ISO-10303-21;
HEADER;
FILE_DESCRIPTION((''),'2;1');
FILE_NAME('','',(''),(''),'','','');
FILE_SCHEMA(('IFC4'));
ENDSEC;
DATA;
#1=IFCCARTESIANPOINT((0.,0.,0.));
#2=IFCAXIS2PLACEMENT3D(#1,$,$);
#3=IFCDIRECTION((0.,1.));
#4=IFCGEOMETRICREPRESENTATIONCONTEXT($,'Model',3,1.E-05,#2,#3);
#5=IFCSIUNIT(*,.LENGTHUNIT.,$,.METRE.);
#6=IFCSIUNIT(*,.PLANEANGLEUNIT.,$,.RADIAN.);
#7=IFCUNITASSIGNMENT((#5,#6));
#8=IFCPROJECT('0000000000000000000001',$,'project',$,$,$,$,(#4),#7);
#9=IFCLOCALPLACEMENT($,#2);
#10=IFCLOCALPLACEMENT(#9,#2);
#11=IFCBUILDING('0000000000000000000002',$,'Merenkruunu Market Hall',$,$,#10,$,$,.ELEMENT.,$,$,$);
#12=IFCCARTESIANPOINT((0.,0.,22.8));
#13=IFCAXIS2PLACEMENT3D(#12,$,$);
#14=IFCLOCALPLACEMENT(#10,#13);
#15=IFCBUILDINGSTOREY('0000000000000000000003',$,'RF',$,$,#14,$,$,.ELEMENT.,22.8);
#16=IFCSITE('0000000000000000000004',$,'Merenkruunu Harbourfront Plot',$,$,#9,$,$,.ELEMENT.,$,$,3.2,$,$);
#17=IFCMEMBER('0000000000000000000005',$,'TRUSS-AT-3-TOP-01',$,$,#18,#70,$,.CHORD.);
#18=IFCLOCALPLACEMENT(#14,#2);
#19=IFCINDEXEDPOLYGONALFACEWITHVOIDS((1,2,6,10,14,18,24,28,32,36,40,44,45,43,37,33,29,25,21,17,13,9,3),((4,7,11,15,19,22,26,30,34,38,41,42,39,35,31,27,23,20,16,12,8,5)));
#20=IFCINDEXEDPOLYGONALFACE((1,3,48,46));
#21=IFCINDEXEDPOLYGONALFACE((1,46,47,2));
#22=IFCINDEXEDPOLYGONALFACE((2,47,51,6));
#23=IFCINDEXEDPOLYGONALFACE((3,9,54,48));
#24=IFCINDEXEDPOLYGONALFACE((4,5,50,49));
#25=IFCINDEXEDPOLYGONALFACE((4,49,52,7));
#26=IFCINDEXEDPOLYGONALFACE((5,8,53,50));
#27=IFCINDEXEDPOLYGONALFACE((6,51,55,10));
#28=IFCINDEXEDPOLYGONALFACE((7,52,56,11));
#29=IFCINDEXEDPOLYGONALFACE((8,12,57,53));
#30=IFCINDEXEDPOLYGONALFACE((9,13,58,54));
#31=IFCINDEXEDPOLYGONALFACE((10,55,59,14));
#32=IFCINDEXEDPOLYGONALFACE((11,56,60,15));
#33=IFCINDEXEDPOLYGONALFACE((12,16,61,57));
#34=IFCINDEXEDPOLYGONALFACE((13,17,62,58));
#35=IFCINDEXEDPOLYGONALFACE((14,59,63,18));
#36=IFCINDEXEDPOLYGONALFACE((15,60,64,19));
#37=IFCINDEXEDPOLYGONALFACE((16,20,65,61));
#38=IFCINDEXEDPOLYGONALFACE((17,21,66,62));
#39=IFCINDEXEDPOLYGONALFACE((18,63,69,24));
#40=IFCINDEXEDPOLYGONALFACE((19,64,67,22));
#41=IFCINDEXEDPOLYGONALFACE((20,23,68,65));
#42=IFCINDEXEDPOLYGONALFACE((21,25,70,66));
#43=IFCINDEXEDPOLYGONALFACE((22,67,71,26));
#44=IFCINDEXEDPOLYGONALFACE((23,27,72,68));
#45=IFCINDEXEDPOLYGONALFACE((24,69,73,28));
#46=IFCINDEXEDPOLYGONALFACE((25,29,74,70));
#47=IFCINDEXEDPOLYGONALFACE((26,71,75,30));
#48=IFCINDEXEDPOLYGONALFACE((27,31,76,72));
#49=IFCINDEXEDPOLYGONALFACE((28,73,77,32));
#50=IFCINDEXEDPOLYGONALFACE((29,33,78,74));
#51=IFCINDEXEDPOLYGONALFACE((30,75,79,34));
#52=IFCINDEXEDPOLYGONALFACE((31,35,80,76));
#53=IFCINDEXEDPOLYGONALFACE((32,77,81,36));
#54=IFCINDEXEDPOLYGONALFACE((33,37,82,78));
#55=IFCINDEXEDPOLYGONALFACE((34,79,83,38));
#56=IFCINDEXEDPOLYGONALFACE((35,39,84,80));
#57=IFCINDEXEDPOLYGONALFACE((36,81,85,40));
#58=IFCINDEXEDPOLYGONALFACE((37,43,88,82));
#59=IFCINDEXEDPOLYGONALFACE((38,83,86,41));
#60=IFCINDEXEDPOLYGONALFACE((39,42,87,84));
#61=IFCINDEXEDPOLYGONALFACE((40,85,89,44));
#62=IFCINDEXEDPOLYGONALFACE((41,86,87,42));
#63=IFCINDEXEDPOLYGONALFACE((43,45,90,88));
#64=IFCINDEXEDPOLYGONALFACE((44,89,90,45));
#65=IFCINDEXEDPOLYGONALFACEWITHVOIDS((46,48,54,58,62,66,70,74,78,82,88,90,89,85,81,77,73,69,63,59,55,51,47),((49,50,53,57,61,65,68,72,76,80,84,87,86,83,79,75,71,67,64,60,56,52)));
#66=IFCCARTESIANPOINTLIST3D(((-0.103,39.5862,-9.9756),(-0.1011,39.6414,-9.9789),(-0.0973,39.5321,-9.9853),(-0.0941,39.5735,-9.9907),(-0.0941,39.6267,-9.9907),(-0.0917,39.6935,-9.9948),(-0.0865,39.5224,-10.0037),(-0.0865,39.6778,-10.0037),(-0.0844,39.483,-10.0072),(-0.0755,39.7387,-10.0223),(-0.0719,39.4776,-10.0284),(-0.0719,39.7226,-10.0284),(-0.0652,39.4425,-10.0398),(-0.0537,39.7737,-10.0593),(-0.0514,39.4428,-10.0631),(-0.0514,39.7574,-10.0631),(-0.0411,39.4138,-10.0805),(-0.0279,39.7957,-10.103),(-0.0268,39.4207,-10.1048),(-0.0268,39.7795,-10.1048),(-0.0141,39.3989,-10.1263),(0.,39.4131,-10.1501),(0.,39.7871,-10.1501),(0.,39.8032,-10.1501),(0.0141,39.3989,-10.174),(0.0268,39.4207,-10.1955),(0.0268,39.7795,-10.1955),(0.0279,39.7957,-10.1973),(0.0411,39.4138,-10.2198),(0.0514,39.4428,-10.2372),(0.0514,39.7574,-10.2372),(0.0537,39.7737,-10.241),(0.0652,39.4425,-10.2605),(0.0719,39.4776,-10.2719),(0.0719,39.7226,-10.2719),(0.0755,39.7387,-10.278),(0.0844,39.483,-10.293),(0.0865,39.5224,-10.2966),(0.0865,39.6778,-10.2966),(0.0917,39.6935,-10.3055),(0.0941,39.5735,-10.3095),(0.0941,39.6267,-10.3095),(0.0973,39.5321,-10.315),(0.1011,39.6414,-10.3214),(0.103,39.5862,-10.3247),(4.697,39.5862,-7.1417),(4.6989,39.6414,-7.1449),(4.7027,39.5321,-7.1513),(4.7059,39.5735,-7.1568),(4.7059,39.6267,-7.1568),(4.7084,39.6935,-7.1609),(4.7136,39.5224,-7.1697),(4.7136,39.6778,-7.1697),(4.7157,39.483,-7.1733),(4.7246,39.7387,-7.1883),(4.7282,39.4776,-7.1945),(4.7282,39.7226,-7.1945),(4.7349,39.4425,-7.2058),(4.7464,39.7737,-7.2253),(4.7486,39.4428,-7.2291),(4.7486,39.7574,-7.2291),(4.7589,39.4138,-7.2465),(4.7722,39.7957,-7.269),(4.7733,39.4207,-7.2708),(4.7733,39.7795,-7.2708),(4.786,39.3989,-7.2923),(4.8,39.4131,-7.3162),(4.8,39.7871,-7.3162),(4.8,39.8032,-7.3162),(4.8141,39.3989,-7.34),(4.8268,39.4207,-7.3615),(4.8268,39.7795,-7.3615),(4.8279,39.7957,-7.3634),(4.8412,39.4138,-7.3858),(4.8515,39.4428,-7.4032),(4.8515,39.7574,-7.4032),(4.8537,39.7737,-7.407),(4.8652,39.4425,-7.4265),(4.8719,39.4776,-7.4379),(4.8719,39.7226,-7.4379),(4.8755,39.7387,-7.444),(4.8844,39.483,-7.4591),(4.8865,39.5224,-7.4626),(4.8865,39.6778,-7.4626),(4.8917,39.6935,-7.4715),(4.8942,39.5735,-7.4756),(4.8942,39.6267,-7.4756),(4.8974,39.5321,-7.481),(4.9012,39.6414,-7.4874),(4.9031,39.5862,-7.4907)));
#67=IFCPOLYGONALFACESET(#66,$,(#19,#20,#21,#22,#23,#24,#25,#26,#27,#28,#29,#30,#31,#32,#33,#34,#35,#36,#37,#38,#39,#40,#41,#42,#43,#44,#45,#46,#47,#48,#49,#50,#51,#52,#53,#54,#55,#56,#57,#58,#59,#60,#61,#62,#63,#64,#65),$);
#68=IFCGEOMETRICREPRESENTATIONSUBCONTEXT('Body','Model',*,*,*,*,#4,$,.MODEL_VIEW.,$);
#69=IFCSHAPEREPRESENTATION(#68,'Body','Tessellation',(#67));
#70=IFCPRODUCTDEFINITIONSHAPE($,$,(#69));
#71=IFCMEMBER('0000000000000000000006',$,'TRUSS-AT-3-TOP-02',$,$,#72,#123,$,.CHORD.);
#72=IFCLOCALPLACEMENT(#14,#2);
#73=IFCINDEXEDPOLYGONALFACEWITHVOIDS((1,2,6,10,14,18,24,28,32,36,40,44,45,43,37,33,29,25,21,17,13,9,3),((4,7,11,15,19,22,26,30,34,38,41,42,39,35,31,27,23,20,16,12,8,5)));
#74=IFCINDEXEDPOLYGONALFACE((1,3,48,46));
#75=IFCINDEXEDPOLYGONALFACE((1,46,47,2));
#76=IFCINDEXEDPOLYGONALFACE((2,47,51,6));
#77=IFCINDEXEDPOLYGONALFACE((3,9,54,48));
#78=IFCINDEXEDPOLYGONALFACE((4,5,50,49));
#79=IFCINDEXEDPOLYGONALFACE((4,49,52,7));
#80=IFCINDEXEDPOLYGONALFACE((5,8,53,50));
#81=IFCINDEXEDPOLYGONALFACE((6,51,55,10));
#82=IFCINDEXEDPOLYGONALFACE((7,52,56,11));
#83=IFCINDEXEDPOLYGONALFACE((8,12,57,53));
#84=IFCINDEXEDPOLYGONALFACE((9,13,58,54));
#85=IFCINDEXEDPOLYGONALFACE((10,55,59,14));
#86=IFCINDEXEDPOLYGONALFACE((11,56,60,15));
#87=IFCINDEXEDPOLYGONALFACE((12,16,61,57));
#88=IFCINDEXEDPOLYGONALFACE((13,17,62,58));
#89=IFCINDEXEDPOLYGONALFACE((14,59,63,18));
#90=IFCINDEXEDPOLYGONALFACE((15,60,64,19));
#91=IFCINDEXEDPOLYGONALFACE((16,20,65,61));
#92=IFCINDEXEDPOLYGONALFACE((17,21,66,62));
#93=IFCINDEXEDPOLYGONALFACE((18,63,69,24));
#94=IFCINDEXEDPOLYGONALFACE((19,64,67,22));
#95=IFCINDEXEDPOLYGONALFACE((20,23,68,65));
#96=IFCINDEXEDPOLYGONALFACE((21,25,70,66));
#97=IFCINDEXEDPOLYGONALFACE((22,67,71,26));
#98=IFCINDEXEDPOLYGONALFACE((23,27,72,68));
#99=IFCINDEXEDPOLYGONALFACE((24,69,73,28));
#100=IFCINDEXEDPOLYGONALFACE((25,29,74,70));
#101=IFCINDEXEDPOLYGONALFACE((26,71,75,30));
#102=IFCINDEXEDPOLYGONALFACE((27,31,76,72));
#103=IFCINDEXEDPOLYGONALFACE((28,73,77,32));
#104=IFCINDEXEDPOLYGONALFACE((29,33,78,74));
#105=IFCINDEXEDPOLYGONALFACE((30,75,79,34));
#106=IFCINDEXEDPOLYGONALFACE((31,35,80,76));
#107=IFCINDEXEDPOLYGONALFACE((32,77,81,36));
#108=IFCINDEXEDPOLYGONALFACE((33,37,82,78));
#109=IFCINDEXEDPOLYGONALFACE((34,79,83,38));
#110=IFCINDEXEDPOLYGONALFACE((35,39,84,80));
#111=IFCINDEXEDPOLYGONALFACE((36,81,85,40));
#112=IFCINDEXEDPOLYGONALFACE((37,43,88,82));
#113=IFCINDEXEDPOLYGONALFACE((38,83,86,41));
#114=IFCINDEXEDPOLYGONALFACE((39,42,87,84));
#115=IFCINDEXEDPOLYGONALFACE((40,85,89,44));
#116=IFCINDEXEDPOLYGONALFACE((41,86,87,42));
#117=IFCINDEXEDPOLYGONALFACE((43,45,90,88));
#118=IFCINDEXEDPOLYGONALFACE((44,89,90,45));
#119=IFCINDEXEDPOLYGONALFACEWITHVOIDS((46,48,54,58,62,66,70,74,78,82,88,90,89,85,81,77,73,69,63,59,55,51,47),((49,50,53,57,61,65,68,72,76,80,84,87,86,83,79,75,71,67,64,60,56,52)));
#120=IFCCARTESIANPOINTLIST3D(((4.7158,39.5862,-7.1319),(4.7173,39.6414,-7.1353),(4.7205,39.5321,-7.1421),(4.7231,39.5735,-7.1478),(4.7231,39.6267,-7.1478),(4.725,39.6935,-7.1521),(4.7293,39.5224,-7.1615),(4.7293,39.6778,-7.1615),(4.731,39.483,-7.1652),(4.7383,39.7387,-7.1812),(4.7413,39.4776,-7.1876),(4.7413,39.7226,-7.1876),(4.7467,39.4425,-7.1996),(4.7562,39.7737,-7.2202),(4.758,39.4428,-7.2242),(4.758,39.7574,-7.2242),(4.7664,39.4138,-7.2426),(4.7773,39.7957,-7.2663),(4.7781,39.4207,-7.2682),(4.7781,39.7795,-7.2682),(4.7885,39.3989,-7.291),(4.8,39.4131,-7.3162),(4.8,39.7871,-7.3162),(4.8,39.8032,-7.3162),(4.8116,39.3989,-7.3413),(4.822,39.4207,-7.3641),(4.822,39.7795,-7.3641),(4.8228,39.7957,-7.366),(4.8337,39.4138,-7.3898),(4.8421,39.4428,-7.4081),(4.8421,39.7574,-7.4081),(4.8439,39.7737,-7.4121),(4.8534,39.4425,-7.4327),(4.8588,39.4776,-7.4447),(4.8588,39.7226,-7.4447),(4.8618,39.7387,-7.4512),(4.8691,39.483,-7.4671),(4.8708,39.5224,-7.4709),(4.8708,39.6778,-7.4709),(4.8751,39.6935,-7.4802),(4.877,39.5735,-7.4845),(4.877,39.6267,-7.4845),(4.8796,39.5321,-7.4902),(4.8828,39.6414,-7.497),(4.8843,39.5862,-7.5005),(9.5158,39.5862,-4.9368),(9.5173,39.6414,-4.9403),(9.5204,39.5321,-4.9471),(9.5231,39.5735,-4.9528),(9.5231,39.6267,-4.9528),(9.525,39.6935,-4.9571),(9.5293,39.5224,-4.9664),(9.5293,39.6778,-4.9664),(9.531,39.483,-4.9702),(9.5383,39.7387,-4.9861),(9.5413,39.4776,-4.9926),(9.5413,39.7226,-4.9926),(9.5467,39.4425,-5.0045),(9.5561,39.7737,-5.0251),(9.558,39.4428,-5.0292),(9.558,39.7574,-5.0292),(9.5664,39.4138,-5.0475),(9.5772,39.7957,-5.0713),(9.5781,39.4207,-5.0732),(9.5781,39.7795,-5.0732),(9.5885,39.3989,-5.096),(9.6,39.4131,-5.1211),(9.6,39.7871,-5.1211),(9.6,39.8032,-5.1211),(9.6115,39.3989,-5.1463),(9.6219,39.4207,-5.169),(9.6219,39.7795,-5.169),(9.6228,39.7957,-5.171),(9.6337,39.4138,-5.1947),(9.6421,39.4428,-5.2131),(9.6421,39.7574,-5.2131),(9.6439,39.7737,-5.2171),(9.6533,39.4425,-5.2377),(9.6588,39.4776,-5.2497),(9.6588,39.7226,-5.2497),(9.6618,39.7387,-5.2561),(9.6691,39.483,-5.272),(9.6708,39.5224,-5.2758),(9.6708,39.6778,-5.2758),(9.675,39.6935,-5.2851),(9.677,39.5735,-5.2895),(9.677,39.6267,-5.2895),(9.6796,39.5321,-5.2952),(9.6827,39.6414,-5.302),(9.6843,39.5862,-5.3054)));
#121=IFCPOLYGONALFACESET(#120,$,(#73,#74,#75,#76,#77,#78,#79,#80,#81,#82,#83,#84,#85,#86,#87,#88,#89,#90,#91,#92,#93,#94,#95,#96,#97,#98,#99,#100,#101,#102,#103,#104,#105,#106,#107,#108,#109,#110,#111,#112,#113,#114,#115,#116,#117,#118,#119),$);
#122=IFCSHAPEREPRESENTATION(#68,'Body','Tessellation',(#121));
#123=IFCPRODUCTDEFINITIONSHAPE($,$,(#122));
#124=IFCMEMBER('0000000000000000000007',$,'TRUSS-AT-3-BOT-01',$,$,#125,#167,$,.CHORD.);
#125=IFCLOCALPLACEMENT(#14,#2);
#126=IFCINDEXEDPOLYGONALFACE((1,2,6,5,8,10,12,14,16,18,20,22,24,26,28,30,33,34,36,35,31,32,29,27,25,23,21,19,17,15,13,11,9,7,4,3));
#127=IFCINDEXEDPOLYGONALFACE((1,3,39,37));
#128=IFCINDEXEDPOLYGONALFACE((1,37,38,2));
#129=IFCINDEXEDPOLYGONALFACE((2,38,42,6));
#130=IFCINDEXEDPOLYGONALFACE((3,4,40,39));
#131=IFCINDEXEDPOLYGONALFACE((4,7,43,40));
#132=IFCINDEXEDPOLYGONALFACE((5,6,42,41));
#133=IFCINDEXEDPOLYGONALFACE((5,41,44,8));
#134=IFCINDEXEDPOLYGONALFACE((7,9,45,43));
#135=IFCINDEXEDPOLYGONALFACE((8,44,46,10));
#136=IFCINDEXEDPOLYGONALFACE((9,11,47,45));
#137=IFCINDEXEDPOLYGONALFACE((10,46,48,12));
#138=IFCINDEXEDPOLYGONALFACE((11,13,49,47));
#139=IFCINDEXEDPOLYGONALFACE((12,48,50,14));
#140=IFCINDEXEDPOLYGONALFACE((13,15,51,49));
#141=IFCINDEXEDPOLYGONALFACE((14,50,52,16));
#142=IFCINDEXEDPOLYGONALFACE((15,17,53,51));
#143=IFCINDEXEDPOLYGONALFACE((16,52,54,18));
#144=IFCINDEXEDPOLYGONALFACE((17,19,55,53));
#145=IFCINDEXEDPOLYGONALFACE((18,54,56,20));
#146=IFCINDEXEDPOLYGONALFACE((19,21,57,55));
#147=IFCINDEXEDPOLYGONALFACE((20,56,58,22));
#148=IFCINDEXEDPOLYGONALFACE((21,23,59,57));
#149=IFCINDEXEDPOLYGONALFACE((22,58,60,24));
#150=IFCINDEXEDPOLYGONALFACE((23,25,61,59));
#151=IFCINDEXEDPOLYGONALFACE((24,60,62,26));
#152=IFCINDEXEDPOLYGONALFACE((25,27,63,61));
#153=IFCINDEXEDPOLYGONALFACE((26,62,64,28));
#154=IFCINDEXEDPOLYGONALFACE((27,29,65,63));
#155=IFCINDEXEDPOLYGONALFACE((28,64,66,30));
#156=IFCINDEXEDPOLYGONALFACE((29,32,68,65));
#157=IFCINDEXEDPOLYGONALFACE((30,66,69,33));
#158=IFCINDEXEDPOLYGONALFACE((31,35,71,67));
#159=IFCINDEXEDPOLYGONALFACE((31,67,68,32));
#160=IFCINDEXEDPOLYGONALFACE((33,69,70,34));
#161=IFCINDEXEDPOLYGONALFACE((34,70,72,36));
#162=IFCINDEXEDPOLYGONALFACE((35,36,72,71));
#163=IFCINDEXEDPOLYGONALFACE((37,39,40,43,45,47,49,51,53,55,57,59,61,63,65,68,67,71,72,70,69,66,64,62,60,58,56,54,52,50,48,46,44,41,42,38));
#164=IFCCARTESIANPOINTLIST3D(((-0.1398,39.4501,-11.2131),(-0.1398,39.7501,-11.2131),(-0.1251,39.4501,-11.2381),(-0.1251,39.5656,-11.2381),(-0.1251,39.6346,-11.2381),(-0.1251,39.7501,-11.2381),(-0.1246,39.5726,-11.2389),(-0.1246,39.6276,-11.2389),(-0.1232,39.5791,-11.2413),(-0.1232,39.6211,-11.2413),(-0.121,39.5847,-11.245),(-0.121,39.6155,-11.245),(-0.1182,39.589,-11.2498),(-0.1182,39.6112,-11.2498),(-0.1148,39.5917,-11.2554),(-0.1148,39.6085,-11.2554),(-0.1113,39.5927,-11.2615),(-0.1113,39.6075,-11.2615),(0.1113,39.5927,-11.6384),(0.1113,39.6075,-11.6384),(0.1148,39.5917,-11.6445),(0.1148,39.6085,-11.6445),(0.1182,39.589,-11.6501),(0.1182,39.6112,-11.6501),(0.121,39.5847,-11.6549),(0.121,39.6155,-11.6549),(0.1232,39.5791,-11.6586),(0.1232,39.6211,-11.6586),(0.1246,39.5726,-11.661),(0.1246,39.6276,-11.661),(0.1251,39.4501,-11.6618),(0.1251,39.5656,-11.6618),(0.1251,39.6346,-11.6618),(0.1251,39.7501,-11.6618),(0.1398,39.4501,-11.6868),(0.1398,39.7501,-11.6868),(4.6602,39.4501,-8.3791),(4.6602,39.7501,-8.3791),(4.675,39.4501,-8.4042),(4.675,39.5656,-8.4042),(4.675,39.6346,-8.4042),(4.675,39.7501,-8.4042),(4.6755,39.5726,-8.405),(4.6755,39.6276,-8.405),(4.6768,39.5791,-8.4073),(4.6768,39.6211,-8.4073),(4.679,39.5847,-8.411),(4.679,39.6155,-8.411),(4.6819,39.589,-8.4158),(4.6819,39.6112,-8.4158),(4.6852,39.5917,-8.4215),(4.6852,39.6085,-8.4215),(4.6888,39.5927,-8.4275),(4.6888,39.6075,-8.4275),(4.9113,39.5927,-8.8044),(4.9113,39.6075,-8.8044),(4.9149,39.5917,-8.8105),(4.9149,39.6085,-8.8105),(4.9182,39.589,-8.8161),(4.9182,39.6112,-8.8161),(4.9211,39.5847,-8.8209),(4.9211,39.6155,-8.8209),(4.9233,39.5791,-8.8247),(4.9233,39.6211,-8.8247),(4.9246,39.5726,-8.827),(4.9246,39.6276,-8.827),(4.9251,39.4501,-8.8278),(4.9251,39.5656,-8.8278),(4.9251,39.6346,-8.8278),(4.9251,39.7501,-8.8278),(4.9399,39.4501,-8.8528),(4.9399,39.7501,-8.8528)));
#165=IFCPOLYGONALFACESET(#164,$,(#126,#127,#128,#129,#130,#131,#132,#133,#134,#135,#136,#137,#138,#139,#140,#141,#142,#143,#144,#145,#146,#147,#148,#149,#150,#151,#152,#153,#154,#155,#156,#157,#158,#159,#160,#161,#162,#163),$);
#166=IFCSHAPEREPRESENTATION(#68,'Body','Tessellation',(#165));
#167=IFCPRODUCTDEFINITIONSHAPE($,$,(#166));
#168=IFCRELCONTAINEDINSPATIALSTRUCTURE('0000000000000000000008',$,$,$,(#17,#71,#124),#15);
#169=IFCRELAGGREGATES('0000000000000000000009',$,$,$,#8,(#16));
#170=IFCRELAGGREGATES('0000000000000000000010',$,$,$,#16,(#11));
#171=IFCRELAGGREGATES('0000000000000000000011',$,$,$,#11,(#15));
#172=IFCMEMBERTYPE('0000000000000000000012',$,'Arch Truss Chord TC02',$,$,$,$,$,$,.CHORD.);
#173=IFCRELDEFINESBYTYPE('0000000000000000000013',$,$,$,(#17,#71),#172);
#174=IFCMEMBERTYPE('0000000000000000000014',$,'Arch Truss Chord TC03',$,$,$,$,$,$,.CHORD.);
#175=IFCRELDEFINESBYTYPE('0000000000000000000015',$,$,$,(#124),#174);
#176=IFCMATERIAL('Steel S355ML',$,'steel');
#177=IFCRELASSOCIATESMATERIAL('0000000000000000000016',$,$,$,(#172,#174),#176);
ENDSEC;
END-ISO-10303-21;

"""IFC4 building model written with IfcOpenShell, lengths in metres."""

from ifc_helpers import new_model, si_unit, direction, frame, origin, origin_2d, place, context, subcontext, project, spatial, hollow_circle, i_section, extrude, material, material_profile, profile_set, type_object, element, save


model = new_model("IFC4")

# Units and contexts
model_context = context("Model", 3, precision=1e-05, world=origin(), true_north=direction((0.0, 1.0)))
body_context = subcontext(model_context, "Body", "Model", "MODEL_VIEW")
ifc_project = project(units=[si_unit("LENGTHUNIT", "METRE"), si_unit("PLANEANGLEUNIT", "RADIAN")], contexts=[model_context])

# Site, building, storey
site_placement = place(None, origin())
site = spatial("IfcSite", under=ifc_project, at=site_placement, Name="Merenkruunu Harbourfront Plot", CompositionType="ELEMENT", RefElevation=3.2)
building_placement = place(site_placement, origin())
building = spatial("IfcBuilding", under=site, at=building_placement, Name="Merenkruunu Market Hall", CompositionType="ELEMENT")
storey_placement = place(building_placement, frame((0.0, 0.0, 22.8)))
storey = spatial("IfcBuildingStorey", under=building, at=storey_placement, Name="RF", CompositionType="ELEMENT", Elevation=22.8)

# Members
ifc_material_1 = material(Name="Steel S355ML", Category="steel")
ifc_material_profile_1 = material_profile(ifc_material_1, hollow_circle(Radius=0.2031, WallThickness=0.0161, at=origin_2d()), Name="CHS 406.4x16")
ifc_profile_set_1 = profile_set([ifc_material_profile_1], Name="Steel S355ML")
member_type_1 = type_object("IfcMemberType", Name="Arch Truss Chord TC02", PredefinedType="CHORD", material=ifc_profile_set_1)
member_1_placement = place(storey_placement, frame((0.0, 39.6001, -10.1501), z_axis=(0.861116, 0.0, 0.508409), x_axis=(0.0, 1.0, 0.0)))
element("IfcMember", 1, at=member_1_placement, inside=storey, type_object=member_type_1, Name="TRUSS-AT-3-TOP-01", PredefinedType="CHORD", context=body_context, shape_type="SweptSolid", body=[
    extrude(hollow_circle(Radius=0.2031, WallThickness=0.0161, at=origin_2d()), origin(), (0.0, 0.0, 1.0), 5.5742),
])
member_2_placement = place(storey_placement, frame((4.8, 39.6001, -7.3162), z_axis=(0.90942, 0.0, 0.415879), x_axis=(0.0, 1.0, 0.0)))
element("IfcMember", 2, at=member_2_placement, inside=storey, type_object=member_type_1, Name="TRUSS-AT-3-TOP-02", PredefinedType="CHORD", context=body_context, shape_type="SweptSolid", body=[
    extrude(hollow_circle(Radius=0.2031, WallThickness=0.0161, at=origin_2d()), origin(), (0.0, 0.0, 1.0), 5.2781),
])
ifc_material_profile_2 = material_profile(ifc_material_1, i_section(OverallWidth=0.3, OverallDepth=0.55, WebThickness=0.0149, FlangeThickness=0.0291, FilletRadius=0.0271, at=origin_2d()), Name="HEB 550")
ifc_profile_set_2 = profile_set([ifc_material_profile_2], Name="Steel S355ML")
member_type_2 = type_object("IfcMemberType", Name="Arch Truss Chord TC03", PredefinedType="CHORD", material=ifc_profile_set_2)
member_3_placement = place(storey_placement, frame((0.0, 39.6001, -11.45), z_axis=(0.861116, 0.0, 0.508409), x_axis=(0.0, 1.0, 0.0)))
element("IfcMember", 3, at=member_3_placement, inside=storey, type_object=member_type_2, Name="TRUSS-AT-3-BOT-01", PredefinedType="CHORD", context=body_context, shape_type="SweptSolid", body=[
    extrude(i_section(OverallWidth=0.3, OverallDepth=0.55, WebThickness=0.0149, FlangeThickness=0.0291, FilletRadius=0.0271, at=origin_2d()), origin(), (0.0, 0.0, 1.0), 5.5742),
])

save(model, "model.ifc")
